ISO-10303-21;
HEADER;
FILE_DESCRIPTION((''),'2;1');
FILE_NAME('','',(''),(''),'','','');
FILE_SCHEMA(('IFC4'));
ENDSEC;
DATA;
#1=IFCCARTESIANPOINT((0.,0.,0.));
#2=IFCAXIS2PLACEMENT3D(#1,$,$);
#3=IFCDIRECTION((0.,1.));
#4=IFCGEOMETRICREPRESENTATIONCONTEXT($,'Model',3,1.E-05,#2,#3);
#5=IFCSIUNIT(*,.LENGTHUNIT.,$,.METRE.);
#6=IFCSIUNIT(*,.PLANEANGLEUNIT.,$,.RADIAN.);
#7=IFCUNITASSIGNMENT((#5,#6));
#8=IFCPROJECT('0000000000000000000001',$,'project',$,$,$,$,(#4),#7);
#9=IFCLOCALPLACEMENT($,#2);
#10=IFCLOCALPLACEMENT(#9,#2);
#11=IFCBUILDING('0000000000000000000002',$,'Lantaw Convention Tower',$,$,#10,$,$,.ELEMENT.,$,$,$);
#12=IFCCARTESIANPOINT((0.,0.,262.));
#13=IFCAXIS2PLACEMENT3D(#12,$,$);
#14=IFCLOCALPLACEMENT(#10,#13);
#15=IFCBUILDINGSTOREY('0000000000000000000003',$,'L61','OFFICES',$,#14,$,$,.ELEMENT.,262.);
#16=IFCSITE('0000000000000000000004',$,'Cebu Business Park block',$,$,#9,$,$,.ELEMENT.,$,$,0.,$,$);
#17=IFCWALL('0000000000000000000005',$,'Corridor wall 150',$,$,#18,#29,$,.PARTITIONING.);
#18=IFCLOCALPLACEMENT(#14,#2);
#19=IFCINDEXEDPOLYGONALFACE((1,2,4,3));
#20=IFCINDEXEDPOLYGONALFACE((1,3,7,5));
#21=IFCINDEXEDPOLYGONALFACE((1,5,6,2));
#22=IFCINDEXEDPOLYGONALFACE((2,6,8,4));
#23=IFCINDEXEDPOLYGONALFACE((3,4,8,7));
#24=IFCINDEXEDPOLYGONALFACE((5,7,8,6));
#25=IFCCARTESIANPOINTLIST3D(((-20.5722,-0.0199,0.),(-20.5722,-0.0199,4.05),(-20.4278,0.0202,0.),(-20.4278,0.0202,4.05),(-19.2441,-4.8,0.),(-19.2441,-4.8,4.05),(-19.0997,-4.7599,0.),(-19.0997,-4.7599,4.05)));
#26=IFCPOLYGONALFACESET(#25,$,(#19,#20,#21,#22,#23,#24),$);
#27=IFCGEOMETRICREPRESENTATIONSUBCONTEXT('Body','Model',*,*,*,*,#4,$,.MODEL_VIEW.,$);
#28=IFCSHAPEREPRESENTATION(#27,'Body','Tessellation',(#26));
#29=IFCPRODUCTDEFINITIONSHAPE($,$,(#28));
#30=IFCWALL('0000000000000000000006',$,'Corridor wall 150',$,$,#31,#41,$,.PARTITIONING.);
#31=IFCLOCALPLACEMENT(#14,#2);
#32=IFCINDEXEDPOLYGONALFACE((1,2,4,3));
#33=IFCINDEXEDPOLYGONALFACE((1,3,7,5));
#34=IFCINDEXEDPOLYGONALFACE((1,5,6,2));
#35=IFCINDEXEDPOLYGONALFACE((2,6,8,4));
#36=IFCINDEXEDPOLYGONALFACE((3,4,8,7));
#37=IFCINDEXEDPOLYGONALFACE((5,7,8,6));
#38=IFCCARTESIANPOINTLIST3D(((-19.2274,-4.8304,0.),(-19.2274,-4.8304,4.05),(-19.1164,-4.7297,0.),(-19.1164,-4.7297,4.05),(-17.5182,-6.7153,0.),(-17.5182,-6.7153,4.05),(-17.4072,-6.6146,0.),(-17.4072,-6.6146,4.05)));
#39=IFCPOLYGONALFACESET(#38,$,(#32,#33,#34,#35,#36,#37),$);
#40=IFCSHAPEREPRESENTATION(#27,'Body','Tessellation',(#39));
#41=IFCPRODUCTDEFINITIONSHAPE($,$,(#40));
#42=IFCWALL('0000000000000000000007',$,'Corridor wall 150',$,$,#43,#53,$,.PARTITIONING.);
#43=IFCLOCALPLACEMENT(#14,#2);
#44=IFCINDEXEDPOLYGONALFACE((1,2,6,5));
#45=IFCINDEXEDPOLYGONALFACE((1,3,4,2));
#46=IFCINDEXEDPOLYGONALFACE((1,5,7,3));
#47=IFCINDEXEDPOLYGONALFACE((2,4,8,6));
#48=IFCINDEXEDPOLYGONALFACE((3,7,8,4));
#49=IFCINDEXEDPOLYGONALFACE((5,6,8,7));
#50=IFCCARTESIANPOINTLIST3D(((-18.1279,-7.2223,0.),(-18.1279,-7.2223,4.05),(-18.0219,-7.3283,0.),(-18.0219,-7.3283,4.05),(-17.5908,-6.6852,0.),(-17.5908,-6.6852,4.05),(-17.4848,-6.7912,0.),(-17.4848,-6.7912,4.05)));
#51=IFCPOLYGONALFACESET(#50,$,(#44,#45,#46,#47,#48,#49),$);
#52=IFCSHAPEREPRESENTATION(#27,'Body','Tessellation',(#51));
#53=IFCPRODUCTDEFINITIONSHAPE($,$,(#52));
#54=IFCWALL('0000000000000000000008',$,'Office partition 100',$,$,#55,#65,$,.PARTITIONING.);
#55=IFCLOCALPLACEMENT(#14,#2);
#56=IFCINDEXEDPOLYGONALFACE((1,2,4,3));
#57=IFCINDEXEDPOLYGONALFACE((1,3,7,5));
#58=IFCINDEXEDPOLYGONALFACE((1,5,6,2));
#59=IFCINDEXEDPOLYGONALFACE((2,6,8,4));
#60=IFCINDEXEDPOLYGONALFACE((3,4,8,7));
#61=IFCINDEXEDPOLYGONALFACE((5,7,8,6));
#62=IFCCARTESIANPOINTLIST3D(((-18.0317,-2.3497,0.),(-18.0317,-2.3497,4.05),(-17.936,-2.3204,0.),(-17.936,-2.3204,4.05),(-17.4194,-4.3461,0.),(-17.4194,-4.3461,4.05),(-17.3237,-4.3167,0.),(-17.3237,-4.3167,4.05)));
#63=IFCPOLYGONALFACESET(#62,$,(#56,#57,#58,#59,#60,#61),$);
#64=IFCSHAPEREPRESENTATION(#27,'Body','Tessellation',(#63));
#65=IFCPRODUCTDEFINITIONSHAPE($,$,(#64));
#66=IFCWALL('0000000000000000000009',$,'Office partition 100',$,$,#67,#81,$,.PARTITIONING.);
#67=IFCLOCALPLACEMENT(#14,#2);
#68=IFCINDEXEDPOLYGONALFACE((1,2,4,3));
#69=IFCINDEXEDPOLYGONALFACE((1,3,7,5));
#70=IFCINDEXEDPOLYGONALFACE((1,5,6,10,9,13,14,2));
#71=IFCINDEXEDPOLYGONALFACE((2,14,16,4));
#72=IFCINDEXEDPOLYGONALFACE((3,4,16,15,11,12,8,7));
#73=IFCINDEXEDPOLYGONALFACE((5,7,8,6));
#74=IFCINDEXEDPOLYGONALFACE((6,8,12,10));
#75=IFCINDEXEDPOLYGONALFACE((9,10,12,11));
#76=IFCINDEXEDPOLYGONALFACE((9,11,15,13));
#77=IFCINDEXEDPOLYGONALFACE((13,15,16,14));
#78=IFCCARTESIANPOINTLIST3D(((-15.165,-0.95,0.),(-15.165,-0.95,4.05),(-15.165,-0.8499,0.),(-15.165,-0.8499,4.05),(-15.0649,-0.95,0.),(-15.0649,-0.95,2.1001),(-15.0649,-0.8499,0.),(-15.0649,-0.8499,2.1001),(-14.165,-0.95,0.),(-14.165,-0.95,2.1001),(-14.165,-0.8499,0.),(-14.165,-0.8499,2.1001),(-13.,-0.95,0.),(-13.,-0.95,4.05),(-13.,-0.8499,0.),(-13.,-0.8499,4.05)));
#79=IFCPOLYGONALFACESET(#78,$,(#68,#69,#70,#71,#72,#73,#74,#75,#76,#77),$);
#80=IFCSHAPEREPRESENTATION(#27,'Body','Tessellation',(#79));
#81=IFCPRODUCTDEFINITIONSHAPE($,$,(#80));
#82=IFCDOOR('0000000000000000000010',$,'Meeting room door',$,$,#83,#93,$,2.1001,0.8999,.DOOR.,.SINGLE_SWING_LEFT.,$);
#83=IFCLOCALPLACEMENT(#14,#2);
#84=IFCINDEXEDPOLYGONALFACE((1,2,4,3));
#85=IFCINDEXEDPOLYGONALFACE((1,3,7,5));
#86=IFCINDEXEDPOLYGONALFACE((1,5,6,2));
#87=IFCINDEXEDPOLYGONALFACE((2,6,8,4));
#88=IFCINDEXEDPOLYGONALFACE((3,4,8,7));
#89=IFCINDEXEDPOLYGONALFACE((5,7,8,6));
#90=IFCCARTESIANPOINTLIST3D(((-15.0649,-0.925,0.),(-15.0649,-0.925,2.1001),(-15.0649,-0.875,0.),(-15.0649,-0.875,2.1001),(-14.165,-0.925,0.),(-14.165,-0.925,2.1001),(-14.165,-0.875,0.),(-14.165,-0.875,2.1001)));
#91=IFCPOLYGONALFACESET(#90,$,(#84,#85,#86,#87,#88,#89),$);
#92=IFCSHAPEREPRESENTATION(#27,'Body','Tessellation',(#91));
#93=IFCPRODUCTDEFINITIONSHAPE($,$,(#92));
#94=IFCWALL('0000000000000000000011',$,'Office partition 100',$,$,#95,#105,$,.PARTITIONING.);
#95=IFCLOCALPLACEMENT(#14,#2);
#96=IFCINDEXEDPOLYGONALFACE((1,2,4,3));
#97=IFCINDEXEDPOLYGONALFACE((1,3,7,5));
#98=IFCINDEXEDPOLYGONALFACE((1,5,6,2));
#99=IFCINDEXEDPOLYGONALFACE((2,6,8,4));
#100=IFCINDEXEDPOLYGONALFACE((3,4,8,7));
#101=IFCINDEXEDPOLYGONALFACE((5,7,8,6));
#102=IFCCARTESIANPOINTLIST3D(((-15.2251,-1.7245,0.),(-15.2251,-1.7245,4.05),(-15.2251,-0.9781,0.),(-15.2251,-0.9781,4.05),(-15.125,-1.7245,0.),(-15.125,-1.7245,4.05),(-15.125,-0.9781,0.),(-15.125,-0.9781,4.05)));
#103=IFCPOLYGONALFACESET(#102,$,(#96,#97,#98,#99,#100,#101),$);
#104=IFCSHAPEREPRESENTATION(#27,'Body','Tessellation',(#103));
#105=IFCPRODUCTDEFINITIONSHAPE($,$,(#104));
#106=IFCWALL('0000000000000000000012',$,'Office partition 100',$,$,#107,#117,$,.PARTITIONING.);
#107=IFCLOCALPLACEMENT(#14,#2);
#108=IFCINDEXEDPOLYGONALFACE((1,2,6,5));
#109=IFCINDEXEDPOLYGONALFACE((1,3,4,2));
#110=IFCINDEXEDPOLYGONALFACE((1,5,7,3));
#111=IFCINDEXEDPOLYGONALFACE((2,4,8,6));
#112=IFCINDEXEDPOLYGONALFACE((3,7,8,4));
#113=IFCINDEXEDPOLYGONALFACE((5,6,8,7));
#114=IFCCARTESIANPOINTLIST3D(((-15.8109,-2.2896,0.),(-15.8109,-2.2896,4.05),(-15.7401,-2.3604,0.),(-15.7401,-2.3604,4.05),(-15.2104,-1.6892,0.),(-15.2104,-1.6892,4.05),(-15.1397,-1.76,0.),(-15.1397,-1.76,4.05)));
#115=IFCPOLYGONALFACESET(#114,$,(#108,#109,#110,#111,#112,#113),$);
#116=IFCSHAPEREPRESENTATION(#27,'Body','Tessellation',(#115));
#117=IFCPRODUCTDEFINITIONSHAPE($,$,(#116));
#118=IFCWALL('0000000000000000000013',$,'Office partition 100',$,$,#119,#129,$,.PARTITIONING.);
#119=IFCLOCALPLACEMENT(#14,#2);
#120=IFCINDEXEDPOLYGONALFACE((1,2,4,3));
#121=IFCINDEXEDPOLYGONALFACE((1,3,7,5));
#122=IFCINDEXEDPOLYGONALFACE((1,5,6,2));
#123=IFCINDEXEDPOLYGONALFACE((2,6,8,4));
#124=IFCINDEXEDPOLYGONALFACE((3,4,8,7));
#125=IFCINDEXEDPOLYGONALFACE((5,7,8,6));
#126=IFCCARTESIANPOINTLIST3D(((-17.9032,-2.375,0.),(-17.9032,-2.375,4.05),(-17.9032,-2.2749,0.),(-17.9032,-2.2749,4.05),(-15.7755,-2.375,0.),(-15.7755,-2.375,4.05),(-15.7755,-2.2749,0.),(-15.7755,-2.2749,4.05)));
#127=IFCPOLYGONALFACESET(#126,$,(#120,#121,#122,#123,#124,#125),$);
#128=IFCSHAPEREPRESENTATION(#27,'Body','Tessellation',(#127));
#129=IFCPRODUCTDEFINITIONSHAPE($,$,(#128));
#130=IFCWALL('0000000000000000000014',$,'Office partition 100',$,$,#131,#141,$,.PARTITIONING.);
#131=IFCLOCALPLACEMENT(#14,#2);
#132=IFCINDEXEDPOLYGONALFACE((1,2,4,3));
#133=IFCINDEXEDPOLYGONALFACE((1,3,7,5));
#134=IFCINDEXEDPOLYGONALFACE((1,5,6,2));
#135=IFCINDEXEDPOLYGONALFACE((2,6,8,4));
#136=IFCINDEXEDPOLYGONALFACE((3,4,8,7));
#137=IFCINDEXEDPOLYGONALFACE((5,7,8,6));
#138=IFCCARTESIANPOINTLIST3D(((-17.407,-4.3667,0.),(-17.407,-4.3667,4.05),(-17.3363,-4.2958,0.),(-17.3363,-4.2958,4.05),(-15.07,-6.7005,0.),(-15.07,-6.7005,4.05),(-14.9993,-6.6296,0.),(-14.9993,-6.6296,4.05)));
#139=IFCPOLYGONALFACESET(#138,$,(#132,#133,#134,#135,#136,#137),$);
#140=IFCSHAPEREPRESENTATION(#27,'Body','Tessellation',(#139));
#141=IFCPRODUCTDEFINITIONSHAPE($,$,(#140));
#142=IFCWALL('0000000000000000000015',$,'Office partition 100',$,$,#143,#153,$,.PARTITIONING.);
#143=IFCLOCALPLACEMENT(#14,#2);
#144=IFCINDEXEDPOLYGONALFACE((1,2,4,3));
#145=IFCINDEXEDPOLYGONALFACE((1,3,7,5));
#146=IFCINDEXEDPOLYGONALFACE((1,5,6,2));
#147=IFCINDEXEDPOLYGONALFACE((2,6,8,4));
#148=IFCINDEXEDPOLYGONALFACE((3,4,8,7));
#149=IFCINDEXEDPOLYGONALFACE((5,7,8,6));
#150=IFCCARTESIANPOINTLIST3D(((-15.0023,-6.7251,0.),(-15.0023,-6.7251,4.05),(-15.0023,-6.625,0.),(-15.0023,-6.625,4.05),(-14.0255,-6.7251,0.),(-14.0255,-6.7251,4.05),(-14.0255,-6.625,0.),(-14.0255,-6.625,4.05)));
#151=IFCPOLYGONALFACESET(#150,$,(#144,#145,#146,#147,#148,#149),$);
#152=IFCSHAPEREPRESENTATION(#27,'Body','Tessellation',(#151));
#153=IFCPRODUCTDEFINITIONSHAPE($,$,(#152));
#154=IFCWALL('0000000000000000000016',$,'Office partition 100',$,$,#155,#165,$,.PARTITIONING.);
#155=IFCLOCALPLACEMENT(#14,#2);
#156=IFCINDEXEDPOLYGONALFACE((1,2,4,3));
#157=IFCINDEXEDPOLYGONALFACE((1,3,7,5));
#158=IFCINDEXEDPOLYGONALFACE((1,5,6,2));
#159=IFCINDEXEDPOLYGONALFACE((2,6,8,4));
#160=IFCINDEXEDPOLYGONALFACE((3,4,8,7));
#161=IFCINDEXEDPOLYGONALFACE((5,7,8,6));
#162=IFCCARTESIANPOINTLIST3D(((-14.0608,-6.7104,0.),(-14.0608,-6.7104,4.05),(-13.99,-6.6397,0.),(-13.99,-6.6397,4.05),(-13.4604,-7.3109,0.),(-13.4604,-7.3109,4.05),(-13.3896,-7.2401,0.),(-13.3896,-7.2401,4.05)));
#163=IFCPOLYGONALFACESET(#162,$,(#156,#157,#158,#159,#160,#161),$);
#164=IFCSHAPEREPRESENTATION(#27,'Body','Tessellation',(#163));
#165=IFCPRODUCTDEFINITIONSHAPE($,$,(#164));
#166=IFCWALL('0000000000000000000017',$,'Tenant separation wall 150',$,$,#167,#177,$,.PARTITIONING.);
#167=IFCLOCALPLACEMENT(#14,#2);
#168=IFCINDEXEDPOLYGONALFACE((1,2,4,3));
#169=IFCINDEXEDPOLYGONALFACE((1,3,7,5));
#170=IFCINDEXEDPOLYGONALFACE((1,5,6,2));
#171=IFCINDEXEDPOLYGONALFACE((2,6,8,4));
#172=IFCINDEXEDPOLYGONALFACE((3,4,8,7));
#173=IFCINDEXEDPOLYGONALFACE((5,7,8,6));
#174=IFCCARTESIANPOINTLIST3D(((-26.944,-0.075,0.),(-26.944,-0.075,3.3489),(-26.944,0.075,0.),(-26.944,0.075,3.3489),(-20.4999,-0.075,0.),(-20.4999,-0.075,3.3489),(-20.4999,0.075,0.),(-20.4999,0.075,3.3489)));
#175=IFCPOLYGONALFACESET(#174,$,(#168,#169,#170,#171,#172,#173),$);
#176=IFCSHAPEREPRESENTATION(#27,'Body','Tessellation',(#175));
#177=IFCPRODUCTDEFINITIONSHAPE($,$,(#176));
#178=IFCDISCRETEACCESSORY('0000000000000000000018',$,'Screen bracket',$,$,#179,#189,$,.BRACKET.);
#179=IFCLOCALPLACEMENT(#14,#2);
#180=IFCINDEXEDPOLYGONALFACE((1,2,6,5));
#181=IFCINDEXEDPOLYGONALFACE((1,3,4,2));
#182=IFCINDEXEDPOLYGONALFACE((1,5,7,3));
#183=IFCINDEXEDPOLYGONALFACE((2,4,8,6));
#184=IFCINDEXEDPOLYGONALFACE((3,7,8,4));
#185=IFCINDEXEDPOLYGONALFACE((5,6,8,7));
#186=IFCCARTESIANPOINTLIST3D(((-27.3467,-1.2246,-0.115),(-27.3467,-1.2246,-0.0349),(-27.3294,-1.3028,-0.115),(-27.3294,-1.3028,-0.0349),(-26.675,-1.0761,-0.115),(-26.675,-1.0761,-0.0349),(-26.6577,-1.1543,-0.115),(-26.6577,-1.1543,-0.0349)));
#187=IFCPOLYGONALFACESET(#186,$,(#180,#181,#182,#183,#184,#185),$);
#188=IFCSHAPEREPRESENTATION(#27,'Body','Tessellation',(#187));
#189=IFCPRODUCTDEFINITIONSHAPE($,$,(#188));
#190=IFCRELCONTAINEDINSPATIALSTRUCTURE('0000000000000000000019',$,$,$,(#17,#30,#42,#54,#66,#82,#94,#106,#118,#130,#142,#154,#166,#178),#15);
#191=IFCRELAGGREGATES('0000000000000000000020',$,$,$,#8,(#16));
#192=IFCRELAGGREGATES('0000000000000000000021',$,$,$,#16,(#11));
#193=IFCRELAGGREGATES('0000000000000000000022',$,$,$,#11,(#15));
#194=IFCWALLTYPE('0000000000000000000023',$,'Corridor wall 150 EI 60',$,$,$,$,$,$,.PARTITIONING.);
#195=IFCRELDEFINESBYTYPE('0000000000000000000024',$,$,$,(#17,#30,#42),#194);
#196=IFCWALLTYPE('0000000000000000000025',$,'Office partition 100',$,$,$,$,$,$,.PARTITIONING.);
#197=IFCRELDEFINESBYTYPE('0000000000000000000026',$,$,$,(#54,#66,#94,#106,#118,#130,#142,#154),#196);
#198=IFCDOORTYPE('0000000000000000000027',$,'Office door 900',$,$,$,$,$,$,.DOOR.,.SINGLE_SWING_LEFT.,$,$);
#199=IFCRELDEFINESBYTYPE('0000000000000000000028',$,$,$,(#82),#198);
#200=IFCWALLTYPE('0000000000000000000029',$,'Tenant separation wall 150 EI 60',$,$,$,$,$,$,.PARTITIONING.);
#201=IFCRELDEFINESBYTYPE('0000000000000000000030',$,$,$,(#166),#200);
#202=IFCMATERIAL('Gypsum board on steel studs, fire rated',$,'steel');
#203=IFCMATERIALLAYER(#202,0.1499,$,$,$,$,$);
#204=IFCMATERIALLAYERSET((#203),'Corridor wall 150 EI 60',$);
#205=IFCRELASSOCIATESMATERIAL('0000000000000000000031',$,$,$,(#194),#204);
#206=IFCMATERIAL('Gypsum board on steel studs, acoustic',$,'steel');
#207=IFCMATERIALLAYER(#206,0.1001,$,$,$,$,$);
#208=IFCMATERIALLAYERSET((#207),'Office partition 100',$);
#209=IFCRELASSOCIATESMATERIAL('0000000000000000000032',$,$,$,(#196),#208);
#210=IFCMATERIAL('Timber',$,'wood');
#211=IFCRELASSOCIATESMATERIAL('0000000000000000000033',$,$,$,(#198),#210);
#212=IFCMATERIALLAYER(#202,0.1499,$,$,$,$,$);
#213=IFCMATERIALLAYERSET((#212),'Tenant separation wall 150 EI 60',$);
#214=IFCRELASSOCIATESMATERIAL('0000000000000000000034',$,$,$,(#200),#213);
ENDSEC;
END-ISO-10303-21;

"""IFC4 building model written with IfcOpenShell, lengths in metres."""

from ifc_helpers import new_model, si_unit, direction, frame, frame_2d, origin, origin_2d, place, context, subcontext, project, spatial, rectangle, extrude, material, layer, layer_set, type_object, element, fill, save


model = new_model("IFC4")

# Units and contexts
model_context = context("Model", 3, precision=1e-05, world=origin(), true_north=direction((0.0, 1.0)))
body_context = subcontext(model_context, "Body", "Model", "MODEL_VIEW")
ifc_project = project(units=[si_unit("LENGTHUNIT", "METRE"), si_unit("PLANEANGLEUNIT", "RADIAN")], contexts=[model_context])

# Site, building, storey
site_placement = place(None, origin())
site = spatial("IfcSite", under=ifc_project, at=site_placement, Name="Cebu Business Park block", CompositionType="ELEMENT", RefElevation=0.0)
building_placement = place(site_placement, origin())
building = spatial("IfcBuilding", under=site, at=building_placement, Name="Lantaw Convention Tower", CompositionType="ELEMENT")
storey_placement = place(building_placement, frame((0.0, 0.0, 262.0)))
storey = spatial("IfcBuildingStorey", under=building, at=storey_placement, Name="L61", Description="OFFICES", CompositionType="ELEMENT", Elevation=262.0)

# Walls
ifc_material_1 = material(Name="Gypsum board on steel studs, fire rated", Category="steel")
ifc_layer_1 = layer(ifc_material_1, 0.1499)
ifc_layer_set_1 = layer_set([ifc_layer_1], Name="Corridor wall 150 EI 60")
wall_type_1 = type_object("IfcWallType", Name="Corridor wall 150 EI 60", PredefinedType="PARTITIONING", material=ifc_layer_set_1)
wall_1_placement = place(storey_placement, frame((-20.5, 0.0, 0.0), z_axis=(0.0, 0.0, 1.0), x_axis=(0.267707, -0.9635, 0.0)))
element("IfcWall", 1, at=wall_1_placement, inside=storey, type_object=wall_type_1, Name="Corridor wall 150", PredefinedType="PARTITIONING", context=body_context, shape_type="SweptSolid", body=[
    extrude(rectangle(XDim=4.9612, YDim=0.1499, at=frame_2d((2.4805, 0.0))), origin(), (0.0, 0.0, 1.0), 4.05),
])
wall_2_placement = place(storey_placement, frame((-19.1719, -4.78, 0.0), z_axis=(0.0, 0.0, 1.0), x_axis=(0.671722, -0.740803, 0.0)))
element("IfcWall", 2, at=wall_2_placement, inside=storey, type_object=wall_type_1, Name="Corridor wall 150", PredefinedType="PARTITIONING", context=body_context, shape_type="SweptSolid", body=[
    extrude(rectangle(XDim=2.5444, YDim=0.1499, at=frame_2d((1.2722, 0.0))), origin(), (0.0, 0.0, 1.0), 4.05),
])
wall_3_placement = place(storey_placement, frame((-18.075, -7.2754, 0.0), z_axis=(0.0, 0.0, 1.0), x_axis=(0.707107, 0.707107, 0.0)))
element("IfcWall", 3, at=wall_3_placement, inside=storey, type_object=wall_type_1, Name="Corridor wall 150", PredefinedType="PARTITIONING", context=body_context, shape_type="SweptSolid", body=[
    extrude(rectangle(XDim=0.7595, YDim=0.1499, at=frame_2d((0.3799, 0.0))), origin(), (0.0, 0.0, 1.0), 4.05),
])
ifc_material_2 = material(Name="Gypsum board on steel studs, acoustic", Category="steel")
ifc_layer_2 = layer(ifc_material_2, 0.1001)
ifc_layer_set_2 = layer_set([ifc_layer_2], Name="Office partition 100")
wall_type_2 = type_object("IfcWallType", Name="Office partition 100", PredefinedType="PARTITIONING", material=ifc_layer_set_2)
wall_4_placement = place(storey_placement, frame((-17.3716, -4.3313, 0.0), z_axis=(0.0, 0.0, 1.0), x_axis=(-0.293231, 0.956042, 0.0)))
element("IfcWall", 4, at=wall_4_placement, inside=storey, type_object=wall_type_2, Name="Office partition 100", PredefinedType="PARTITIONING", context=body_context, shape_type="SweptSolid", body=[
    extrude(rectangle(XDim=2.0881, YDim=0.1001, at=frame_2d((1.0439, 0.0))), origin(), (0.0, 0.0, 1.0), 4.05),
])

# Wall, opening, door
wall_5_placement = place(storey_placement, frame((-15.165, -0.8999, 0.0), z_axis=(0.0, 0.0, 1.0), x_axis=(1.0, 0.0, 0.0)))
wall_5 = element("IfcWall", 5, at=wall_5_placement, inside=storey, type_object=wall_type_2, Name="Office partition 100", PredefinedType="PARTITIONING", context=body_context, shape_type="SweptSolid", body=[
    extrude(rectangle(XDim=2.165, YDim=0.1001, at=frame_2d((1.0825, 0.0))), origin(), (0.0, 0.0, 1.0), 4.05),
])
opening_placement = place(wall_5_placement, frame((0.1001, 0.0, 0.0)))
opening = element("IfcOpeningElement", 6, at=opening_placement, cuts=wall_5, PredefinedType="OPENING", context=body_context, shape_type="SweptSolid", body=[
    extrude(rectangle(XDim=0.8999, YDim=2.1001, at=frame_2d((0.45, 1.05))), frame((0.0, 0.0601, 0.0), z_axis=(0.0, -1.0, 0.0), x_axis=(1.0, 0.0, 0.0)), (0.0, 0.0, 1.0), 0.1201),
])
ifc_material_3 = material(Name="Timber", Category="wood")
door_type = type_object("IfcDoorType", Name="Office door 900", OperationType="SINGLE_SWING_LEFT", PredefinedType="DOOR", material=ifc_material_3)
door_placement = place(opening_placement, origin())
door = element("IfcDoor", 7, at=door_placement, inside=storey, type_object=door_type, Name="Meeting room door", OperationType="SINGLE_SWING_LEFT", OverallHeight=2.1001, OverallWidth=0.8999, PredefinedType="DOOR", context=body_context, shape_type="SweptSolid", body=[
    extrude(rectangle(XDim=0.8999, YDim=2.1001, at=frame_2d((0.45, 1.05))), frame((0.0, 0.0249, 0.0), z_axis=(0.0, -1.0, 0.0), x_axis=(1.0, 0.0, 0.0)), (0.0, 0.0, 1.0), 0.05),
])
fill(opening, door)

# Walls
wall_6_placement = place(storey_placement, frame((-15.175, -0.9783, 0.0), z_axis=(0.0, 0.0, 1.0), x_axis=(0.0, -1.0, 0.0)))
element("IfcWall", 8, at=wall_6_placement, inside=storey, type_object=wall_type_2, Name="Office partition 100", PredefinedType="PARTITIONING", context=body_context, shape_type="SweptSolid", body=[
    extrude(rectangle(XDim=0.7463, YDim=0.1001, at=frame_2d((0.373, 0.0))), origin(), (0.0, 0.0, 1.0), 4.05),
])
wall_7_placement = place(storey_placement, frame((-15.175, -1.7246, 0.0), z_axis=(0.0, 0.0, 1.0), x_axis=(-0.707107, -0.707107, 0.0)))
element("IfcWall", 9, at=wall_7_placement, inside=storey, type_object=wall_type_2, Name="Office partition 100", PredefinedType="PARTITIONING", context=body_context, shape_type="SweptSolid", body=[
    extrude(rectangle(XDim=0.8491, YDim=0.1001, at=frame_2d((0.4246, 0.0))), origin(), (0.0, 0.0, 1.0), 4.05),
])
wall_8_placement = place(storey_placement, frame((-15.7754, -2.325, 0.0), z_axis=(0.0, 0.0, 1.0), x_axis=(-1.0, 0.0, 0.0)))
element("IfcWall", 10, at=wall_8_placement, inside=storey, type_object=wall_type_2, Name="Office partition 100", PredefinedType="PARTITIONING", context=body_context, shape_type="SweptSolid", body=[
    extrude(rectangle(XDim=2.1277, YDim=0.1001, at=frame_2d((1.064, 0.0))), origin(), (0.0, 0.0, 1.0), 4.05),
])
wall_9_placement = place(storey_placement, frame((-15.0347, -6.665, 0.0), z_axis=(0.0, 0.0, 1.0), x_axis=(-0.707587, 0.706626, 0.0)))
element("IfcWall", 11, at=wall_9_placement, inside=storey, type_object=wall_type_2, Name="Office partition 100", PredefinedType="PARTITIONING", context=body_context, shape_type="SweptSolid", body=[
    extrude(rectangle(XDim=3.3027, YDim=0.1001, at=frame_2d((1.6514, 0.0))), origin(), (0.0, 0.0, 1.0), 4.05),
])
wall_10_placement = place(storey_placement, frame((-15.0022, -6.675, 0.0), z_axis=(0.0, 0.0, 1.0), x_axis=(1.0, 0.0, 0.0)))
element("IfcWall", 12, at=wall_10_placement, inside=storey, type_object=wall_type_2, Name="Office partition 100", PredefinedType="PARTITIONING", context=body_context, shape_type="SweptSolid", body=[
    extrude(rectangle(XDim=0.9768, YDim=0.1001, at=frame_2d((0.4883, 0.0))), origin(), (0.0, 0.0, 1.0), 4.05),
])
wall_11_placement = place(storey_placement, frame((-14.0254, -6.675, 0.0), z_axis=(0.0, 0.0, 1.0), x_axis=(0.707107, -0.707107, 0.0)))
element("IfcWall", 13, at=wall_11_placement, inside=storey, type_object=wall_type_2, Name="Office partition 100", PredefinedType="PARTITIONING", context=body_context, shape_type="SweptSolid", body=[
    extrude(rectangle(XDim=0.8491, YDim=0.1001, at=frame_2d((0.4246, 0.0))), origin(), (0.0, 0.0, 1.0), 4.05),
])
ifc_layer_3 = layer(ifc_material_1, 0.1499)
ifc_layer_set_3 = layer_set([ifc_layer_3], Name="Tenant separation wall 150 EI 60")
wall_type_3 = type_object("IfcWallType", Name="Tenant separation wall 150 EI 60", PredefinedType="PARTITIONING", material=ifc_layer_set_3)
wall_12_placement = place(storey_placement, frame((-26.9441, 0.0, 0.0), z_axis=(0.0, 0.0, 1.0), x_axis=(1.0, 0.0, 0.0)))
element("IfcWall", 14, at=wall_12_placement, inside=storey, type_object=wall_type_3, Name="Tenant separation wall 150", PredefinedType="PARTITIONING", context=body_context, shape_type="SweptSolid", body=[
    extrude(rectangle(XDim=6.4441, YDim=0.1499, at=frame_2d((3.2222, 0.0))), origin(), (0.0, 0.0, 1.0), 3.3489),
])

# Discrete accessory
for number, where, z_axis, x_axis, name in (
    (15, (-27.0022, -1.1895, -0.115), (0.0, 0.0, 1.0), (0.215891, -0.976417, 0.0), "Screen bracket"),
):
    element("IfcDiscreteAccessory", number, at=place(storey_placement, frame(where, z_axis=z_axis, x_axis=x_axis)), inside=storey, Name=name, PredefinedType="BRACKET", context=body_context, shape_type="SweptSolid", body=[
        extrude(rectangle(XDim=0.0801, YDim=0.688, at=origin_2d()), origin(), (0.0, 0.0, 1.0), 0.0801),
    ])

save(model, "model.ifc")
